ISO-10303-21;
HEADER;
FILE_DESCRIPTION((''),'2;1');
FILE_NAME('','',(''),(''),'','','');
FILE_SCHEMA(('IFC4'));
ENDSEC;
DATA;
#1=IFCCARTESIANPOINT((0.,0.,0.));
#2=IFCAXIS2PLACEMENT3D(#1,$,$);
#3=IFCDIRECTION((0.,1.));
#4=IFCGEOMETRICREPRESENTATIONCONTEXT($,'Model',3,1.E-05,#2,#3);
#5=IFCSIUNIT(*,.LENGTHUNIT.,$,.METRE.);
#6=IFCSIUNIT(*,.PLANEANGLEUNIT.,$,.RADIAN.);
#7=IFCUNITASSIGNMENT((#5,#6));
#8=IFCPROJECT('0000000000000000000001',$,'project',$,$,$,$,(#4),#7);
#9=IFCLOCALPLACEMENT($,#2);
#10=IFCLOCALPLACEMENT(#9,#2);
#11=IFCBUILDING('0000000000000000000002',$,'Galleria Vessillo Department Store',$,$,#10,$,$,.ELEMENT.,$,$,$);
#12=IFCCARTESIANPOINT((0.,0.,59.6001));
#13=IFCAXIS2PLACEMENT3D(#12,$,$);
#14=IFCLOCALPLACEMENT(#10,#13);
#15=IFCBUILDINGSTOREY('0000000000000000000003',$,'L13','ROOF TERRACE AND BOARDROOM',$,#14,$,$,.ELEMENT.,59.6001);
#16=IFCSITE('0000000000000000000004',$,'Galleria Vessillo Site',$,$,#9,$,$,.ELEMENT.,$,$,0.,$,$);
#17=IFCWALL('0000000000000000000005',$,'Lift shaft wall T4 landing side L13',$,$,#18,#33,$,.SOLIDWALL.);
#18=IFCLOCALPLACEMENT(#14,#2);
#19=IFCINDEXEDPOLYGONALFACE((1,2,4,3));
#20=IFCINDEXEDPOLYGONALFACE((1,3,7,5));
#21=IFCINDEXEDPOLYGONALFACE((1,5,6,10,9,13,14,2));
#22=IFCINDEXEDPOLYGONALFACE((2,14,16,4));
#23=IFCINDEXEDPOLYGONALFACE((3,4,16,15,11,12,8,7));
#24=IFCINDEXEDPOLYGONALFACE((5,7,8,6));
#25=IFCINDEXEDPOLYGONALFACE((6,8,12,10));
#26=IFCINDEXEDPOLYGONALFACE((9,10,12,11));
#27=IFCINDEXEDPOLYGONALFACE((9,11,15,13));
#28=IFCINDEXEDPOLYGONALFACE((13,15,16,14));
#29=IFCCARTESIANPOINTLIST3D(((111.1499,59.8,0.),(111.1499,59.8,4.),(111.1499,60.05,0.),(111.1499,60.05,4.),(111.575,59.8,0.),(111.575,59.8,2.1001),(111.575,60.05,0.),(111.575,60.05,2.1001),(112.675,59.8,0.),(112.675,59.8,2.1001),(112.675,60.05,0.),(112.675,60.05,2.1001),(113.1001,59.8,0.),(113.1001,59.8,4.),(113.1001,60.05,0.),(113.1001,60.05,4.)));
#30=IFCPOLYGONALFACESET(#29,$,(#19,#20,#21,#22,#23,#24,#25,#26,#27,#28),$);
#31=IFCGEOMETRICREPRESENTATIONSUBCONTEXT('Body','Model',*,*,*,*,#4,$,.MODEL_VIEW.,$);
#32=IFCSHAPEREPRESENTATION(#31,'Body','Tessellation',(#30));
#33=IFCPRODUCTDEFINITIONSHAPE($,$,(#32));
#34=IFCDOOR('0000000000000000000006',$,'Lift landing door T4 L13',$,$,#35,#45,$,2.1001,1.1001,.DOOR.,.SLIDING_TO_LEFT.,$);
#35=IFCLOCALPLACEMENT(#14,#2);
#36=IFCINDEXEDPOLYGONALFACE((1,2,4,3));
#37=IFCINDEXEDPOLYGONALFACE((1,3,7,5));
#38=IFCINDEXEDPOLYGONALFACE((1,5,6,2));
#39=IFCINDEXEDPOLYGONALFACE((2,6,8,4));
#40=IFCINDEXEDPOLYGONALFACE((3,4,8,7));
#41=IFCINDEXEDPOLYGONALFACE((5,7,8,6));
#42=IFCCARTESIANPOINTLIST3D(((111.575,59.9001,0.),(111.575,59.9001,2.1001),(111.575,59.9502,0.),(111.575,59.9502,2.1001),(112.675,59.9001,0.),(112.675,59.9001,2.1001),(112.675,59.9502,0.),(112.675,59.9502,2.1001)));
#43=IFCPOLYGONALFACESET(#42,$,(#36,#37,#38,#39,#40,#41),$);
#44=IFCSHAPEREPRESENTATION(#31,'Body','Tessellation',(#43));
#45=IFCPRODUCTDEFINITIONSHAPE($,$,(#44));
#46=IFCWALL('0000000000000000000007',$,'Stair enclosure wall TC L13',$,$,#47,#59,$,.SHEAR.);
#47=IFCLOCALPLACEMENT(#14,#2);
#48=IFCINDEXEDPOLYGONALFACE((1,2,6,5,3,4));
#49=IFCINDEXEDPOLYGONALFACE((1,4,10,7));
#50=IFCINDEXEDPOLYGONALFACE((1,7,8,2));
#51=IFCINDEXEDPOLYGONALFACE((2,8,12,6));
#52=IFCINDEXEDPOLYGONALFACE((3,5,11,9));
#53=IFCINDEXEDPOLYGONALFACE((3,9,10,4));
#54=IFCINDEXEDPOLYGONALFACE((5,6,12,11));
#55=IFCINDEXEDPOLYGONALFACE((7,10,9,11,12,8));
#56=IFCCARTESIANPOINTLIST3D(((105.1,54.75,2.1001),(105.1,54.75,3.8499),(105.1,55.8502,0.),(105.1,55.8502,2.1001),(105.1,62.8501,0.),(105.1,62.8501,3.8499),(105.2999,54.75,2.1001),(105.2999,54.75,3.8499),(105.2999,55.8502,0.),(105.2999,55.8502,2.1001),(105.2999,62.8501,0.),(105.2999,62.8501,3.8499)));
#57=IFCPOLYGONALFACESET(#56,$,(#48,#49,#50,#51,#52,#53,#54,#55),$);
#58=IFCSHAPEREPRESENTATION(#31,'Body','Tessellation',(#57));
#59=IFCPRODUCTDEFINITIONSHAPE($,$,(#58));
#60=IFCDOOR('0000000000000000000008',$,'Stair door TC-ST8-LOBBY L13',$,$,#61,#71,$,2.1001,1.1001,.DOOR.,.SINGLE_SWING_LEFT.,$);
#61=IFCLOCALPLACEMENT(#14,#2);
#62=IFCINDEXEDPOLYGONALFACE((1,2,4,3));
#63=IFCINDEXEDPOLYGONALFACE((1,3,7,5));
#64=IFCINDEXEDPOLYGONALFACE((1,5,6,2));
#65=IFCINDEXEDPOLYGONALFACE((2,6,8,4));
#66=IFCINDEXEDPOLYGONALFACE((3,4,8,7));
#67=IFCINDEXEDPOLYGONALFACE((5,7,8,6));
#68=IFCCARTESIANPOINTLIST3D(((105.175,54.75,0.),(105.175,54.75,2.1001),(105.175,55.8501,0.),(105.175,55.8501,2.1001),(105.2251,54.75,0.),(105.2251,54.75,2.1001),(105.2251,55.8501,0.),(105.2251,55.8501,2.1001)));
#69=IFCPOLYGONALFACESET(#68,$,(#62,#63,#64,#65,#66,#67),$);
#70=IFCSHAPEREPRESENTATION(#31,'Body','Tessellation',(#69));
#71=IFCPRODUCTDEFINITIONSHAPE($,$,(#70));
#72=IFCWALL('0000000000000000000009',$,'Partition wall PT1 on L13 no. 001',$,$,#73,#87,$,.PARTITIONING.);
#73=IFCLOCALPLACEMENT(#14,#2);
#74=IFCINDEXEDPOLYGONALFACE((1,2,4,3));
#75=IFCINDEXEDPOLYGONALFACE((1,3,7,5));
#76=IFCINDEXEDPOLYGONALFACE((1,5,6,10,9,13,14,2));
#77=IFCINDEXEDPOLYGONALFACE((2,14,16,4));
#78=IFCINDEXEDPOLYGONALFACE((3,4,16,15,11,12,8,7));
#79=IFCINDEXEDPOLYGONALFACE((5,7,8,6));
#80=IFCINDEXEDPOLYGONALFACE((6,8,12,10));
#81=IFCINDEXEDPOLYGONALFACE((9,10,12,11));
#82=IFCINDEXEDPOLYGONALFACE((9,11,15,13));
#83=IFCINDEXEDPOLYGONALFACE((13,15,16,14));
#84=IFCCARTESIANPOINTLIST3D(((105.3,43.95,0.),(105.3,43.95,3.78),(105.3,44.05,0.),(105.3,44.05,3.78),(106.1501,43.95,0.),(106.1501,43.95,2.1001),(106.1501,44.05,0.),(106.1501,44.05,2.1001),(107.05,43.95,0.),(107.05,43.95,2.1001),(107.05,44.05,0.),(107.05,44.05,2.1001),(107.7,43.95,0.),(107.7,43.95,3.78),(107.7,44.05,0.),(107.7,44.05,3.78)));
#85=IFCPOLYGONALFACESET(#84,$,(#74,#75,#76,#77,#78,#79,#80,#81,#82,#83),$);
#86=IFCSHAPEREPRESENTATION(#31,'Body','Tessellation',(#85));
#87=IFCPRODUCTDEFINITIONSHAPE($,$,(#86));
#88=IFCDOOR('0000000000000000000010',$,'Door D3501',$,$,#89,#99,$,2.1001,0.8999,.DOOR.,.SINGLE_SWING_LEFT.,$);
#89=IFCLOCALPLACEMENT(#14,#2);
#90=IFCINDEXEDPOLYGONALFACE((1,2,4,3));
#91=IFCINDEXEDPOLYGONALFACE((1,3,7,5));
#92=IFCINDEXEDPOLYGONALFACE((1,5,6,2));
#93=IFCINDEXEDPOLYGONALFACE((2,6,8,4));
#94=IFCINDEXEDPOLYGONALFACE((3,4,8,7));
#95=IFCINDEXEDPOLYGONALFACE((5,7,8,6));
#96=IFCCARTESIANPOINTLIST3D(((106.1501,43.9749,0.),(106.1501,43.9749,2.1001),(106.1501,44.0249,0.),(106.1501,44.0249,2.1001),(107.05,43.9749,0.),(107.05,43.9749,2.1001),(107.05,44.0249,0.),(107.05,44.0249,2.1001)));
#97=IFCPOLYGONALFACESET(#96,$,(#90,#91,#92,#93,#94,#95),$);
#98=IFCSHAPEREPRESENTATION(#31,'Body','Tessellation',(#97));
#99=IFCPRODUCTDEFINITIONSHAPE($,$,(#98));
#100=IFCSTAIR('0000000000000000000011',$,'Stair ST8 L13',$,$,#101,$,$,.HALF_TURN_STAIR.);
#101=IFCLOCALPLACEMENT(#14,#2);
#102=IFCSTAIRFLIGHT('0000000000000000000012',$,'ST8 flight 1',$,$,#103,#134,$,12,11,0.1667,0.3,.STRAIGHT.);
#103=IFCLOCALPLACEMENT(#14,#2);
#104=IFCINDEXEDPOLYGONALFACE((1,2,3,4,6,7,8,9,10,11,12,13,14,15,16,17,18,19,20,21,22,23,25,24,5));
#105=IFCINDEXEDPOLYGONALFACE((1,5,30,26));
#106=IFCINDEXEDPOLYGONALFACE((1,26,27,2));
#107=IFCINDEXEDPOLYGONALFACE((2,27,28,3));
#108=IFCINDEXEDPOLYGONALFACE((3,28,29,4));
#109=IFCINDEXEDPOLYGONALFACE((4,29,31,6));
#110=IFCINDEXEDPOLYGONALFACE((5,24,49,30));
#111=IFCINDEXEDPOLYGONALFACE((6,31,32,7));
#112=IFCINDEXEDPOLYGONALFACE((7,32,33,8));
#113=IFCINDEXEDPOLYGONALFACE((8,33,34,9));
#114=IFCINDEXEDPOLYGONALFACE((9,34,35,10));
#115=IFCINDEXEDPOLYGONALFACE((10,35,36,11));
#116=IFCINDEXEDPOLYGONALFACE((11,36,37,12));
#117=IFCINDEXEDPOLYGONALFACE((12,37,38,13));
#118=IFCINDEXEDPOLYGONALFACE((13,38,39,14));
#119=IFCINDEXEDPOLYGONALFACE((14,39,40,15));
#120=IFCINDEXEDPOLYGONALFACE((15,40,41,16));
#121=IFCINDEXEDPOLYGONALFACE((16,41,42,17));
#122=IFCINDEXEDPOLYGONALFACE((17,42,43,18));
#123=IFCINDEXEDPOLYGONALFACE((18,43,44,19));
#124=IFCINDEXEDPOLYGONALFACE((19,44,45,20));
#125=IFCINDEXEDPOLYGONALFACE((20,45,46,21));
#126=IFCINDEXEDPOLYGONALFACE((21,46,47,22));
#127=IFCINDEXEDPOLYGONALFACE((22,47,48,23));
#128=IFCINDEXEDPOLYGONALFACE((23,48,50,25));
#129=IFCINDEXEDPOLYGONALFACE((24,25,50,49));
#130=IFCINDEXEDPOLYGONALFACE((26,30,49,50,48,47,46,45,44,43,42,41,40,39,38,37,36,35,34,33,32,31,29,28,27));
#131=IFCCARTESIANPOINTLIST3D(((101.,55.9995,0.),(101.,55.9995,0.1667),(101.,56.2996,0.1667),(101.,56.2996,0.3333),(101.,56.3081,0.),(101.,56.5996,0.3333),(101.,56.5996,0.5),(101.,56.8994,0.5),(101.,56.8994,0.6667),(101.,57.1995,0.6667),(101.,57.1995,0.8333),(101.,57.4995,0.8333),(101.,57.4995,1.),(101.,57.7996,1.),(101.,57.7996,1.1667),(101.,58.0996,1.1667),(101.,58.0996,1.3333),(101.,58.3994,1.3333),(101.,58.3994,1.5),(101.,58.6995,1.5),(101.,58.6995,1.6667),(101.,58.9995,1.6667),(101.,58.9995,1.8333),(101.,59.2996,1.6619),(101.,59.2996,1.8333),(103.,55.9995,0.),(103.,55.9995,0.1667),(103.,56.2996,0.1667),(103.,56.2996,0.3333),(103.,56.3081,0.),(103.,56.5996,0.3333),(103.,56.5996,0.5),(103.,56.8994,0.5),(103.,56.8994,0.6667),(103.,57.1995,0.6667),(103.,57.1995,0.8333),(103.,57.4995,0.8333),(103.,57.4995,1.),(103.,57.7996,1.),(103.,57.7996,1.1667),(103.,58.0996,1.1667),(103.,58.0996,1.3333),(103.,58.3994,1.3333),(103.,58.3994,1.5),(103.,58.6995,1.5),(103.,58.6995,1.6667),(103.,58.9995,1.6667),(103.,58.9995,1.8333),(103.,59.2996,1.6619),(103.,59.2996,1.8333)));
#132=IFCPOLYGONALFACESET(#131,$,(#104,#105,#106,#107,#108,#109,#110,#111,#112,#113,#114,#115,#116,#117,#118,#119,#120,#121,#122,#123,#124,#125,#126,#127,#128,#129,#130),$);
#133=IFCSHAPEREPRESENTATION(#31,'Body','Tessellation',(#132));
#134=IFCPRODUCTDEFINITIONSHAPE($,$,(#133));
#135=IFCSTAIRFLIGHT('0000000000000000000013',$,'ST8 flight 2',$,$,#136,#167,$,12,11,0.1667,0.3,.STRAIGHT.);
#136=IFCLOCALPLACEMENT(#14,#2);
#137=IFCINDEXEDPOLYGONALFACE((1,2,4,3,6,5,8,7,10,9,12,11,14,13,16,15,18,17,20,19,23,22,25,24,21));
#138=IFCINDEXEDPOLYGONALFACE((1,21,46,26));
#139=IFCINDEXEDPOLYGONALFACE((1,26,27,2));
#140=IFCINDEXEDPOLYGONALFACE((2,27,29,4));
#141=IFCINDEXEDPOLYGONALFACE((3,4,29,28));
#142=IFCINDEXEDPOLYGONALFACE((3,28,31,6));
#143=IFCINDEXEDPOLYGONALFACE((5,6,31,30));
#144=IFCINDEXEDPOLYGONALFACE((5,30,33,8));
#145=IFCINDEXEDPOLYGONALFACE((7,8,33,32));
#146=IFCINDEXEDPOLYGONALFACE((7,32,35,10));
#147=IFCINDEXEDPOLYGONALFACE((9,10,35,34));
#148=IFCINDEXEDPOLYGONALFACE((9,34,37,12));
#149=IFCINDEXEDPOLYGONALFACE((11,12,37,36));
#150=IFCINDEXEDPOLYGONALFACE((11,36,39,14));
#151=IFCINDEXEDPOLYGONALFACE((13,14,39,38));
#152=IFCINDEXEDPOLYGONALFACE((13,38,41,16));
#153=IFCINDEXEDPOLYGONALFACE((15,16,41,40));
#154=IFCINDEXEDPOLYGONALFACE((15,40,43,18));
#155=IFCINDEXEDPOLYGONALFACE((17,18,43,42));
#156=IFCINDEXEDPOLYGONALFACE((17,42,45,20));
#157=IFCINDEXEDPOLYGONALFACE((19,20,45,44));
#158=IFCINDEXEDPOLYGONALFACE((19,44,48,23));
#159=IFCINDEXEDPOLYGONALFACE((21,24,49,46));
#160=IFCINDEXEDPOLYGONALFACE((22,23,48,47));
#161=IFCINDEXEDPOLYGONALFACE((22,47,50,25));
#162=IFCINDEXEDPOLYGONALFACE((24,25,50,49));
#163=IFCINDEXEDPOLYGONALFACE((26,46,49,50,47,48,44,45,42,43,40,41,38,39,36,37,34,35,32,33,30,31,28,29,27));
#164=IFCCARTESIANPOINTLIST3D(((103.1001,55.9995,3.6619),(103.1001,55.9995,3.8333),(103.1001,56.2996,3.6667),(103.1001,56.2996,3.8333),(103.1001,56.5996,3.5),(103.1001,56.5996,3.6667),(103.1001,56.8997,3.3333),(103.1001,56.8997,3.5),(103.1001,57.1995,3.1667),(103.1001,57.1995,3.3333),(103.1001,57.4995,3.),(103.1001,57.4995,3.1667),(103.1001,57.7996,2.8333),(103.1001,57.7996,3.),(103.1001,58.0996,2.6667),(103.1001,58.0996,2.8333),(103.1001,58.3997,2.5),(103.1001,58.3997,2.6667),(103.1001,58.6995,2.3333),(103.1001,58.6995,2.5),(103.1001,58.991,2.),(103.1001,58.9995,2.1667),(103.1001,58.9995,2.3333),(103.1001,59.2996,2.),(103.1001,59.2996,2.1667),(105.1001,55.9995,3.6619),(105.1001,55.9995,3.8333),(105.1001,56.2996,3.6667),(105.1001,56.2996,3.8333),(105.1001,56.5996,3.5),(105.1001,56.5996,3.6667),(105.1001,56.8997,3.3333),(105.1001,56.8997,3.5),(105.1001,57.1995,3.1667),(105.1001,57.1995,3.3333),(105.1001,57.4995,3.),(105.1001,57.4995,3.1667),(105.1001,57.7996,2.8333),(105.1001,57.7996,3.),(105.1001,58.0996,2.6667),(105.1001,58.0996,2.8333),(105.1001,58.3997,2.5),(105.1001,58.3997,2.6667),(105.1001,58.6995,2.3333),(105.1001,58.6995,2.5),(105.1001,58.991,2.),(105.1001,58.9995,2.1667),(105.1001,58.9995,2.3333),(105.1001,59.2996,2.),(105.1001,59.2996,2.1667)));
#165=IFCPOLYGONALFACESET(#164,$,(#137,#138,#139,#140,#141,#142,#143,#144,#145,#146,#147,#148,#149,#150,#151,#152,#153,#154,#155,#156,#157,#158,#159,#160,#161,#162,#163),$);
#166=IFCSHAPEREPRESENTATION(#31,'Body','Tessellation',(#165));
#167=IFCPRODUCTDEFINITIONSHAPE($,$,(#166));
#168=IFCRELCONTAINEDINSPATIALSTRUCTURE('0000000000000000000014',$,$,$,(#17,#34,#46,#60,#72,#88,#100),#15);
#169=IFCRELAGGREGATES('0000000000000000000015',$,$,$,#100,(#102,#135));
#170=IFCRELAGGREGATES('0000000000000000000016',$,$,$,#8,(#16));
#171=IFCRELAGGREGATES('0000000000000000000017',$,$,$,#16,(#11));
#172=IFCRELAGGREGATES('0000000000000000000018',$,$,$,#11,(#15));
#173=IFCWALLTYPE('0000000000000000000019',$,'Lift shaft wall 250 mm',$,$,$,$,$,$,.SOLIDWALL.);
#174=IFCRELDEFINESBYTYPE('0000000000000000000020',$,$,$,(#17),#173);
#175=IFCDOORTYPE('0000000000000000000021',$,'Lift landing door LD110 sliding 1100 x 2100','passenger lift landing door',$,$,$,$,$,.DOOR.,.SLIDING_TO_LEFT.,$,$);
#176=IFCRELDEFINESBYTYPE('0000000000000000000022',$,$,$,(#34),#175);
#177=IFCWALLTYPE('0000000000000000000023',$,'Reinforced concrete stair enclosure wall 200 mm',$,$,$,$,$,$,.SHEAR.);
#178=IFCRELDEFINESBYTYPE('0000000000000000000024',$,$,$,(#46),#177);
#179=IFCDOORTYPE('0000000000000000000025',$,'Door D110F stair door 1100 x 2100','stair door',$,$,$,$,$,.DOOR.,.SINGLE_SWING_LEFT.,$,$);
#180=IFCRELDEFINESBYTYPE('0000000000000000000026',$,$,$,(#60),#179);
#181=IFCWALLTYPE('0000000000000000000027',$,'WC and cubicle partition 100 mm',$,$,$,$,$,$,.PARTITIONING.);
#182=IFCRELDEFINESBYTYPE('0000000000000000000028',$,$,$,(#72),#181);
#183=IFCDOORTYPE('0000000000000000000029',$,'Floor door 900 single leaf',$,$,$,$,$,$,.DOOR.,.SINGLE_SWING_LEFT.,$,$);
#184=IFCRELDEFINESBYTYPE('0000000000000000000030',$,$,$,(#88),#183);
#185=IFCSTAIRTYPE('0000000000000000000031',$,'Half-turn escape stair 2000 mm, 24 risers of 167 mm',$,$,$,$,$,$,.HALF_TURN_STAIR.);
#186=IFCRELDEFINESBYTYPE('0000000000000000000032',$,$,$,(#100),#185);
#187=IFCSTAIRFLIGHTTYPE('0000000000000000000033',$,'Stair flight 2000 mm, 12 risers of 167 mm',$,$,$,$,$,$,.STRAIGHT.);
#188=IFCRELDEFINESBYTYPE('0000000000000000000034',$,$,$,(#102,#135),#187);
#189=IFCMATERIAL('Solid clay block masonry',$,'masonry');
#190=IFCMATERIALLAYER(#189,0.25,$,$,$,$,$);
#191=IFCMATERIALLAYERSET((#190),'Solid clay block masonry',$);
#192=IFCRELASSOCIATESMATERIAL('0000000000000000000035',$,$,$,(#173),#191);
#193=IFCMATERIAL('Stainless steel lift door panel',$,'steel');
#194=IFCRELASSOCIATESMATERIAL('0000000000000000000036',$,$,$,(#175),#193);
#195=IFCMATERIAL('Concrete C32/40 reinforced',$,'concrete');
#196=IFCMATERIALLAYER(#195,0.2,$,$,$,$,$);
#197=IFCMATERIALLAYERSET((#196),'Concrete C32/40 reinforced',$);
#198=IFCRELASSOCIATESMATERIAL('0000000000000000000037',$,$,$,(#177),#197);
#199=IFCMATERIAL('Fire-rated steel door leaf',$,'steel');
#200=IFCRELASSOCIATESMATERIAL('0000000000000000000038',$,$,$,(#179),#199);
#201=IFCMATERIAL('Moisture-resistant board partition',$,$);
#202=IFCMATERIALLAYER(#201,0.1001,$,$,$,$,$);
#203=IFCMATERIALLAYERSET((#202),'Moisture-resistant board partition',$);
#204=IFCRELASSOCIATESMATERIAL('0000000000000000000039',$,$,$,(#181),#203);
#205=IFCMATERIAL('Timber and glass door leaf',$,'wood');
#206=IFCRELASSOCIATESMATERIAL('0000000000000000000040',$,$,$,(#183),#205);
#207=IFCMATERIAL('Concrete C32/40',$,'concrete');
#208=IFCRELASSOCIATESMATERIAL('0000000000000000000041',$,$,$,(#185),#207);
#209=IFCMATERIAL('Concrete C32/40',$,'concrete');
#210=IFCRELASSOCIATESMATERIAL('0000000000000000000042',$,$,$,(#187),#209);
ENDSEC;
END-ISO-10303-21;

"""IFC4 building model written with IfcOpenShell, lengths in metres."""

from ifc_helpers import new_model, si_unit, direction, frame, frame_2d, origin, place, context, subcontext, project, spatial, polyline, rectangle, outline, extrude, material, layer, layer_set, type_object, element, fill, aggregate, save


model = new_model("IFC4")

# Units and contexts
model_context = context("Model", 3, precision=1e-05, world=origin(), true_north=direction((0.0, 1.0)))
body_context = subcontext(model_context, "Body", "Model", "MODEL_VIEW")
ifc_project = project(units=[si_unit("LENGTHUNIT", "METRE"), si_unit("PLANEANGLEUNIT", "RADIAN")], contexts=[model_context])

# Site, building, storey
site_placement = place(None, origin())
site = spatial("IfcSite", under=ifc_project, at=site_placement, Name="Galleria Vessillo Site", CompositionType="ELEMENT", RefElevation=0.0)
building_placement = place(site_placement, origin())
building = spatial("IfcBuilding", under=site, at=building_placement, Name="Galleria Vessillo Department Store", CompositionType="ELEMENT")
storey_placement = place(building_placement, frame((0.0, 0.0, 59.6001)))
storey = spatial("IfcBuildingStorey", under=building, at=storey_placement, Name="L13", Description="ROOF TERRACE AND BOARDROOM", CompositionType="ELEMENT", Elevation=59.6001)

# Walls, openings, doors
ifc_material_1 = material(Name="Solid clay block masonry", Category="masonry")
ifc_layer_1 = layer(ifc_material_1, 0.25)
ifc_layer_set_1 = layer_set([ifc_layer_1], Name="Solid clay block masonry")
wall_type_1 = type_object("IfcWallType", Name="Lift shaft wall 250 mm", PredefinedType="SOLIDWALL", material=ifc_layer_set_1)
ifc_material_2 = material(Name="Stainless steel lift door panel", Category="steel")
door_type_1 = type_object("IfcDoorType", Name="Lift landing door LD110 sliding 1100 x 2100", Description="passenger lift landing door", OperationType="SLIDING_TO_LEFT", PredefinedType="DOOR", material=ifc_material_2)
wall_1_placement = place(storey_placement, frame((111.1499, 59.925, 0.0), z_axis=(0.0, 0.0, 1.0), x_axis=(1.0, 0.0, 0.0)))
wall_1 = element("IfcWall", 1, at=wall_1_placement, inside=storey, type_object=wall_type_1, Name="Lift shaft wall T4 landing side L13", PredefinedType="SOLIDWALL", context=body_context, shape_type="SweptSolid", body=[
    extrude(rectangle(XDim=1.9502, YDim=0.25, at=frame_2d((0.9751, 0.0))), origin(), (0.0, 0.0, 1.0), 4.0),
])
opening_1_placement = place(wall_1_placement, frame((0.425, 0.0, 0.0)))
opening_1 = element("IfcOpeningElement", 2, at=opening_1_placement, cuts=wall_1, PredefinedType="OPENING", context=body_context, shape_type="SweptSolid", body=[
    extrude(rectangle(XDim=1.1001, YDim=2.1001, at=frame_2d((0.55, 1.05))), frame((0.0, 0.135, 0.0), z_axis=(0.0, -1.0, 0.0), x_axis=(1.0, 0.0, 0.0)), (0.0, 0.0, 1.0), 0.27),
])
door_1_placement = place(opening_1_placement, frame((1.1001, 0.0, 0.0), z_axis=(0.0, 0.0, 1.0), x_axis=(-1.0, 0.0, 0.0)))
door_1 = element("IfcDoor", 3, at=door_1_placement, inside=storey, type_object=door_type_1, Name="Lift landing door T4 L13", OperationType="SLIDING_TO_LEFT", OverallHeight=2.1001, OverallWidth=1.1001, PredefinedType="DOOR", context=body_context, shape_type="SweptSolid", body=[
    extrude(rectangle(XDim=1.1001, YDim=2.1001, at=frame_2d((0.55, 1.05))), frame((0.0, 0.0249, 0.0), z_axis=(0.0, -1.0, 0.0), x_axis=(1.0, 0.0, 0.0)), (0.0, 0.0, 1.0), 0.05),
])
fill(opening_1, door_1)
ifc_material_3 = material(Name="Concrete C32/40 reinforced", Category="concrete")
ifc_layer_2 = layer(ifc_material_3, 0.2)
ifc_layer_set_2 = layer_set([ifc_layer_2], Name="Concrete C32/40 reinforced")
wall_type_2 = type_object("IfcWallType", Name="Reinforced concrete stair enclosure wall 200 mm", PredefinedType="SHEAR", material=ifc_layer_set_2)
wall_2_placement = place(storey_placement, frame((105.2, 62.8501, 0.0), z_axis=(0.0, 0.0, 1.0), x_axis=(0.0, -1.0, 0.0)))
wall_2 = element("IfcWall", 4, at=wall_2_placement, inside=storey, type_object=wall_type_2, Name="Stair enclosure wall TC L13", PredefinedType="SHEAR", context=body_context, shape_type="SweptSolid", body=[
    extrude(rectangle(XDim=8.1001, YDim=0.2, at=frame_2d((4.05, 0.0))), origin(), (0.0, 0.0, 1.0), 3.8499),
])
opening_2_placement = place(wall_2_placement, frame((7.0, 0.0, 0.0)))
opening_2 = element("IfcOpeningElement", 5, at=opening_2_placement, cuts=wall_2, PredefinedType="OPENING", context=body_context, shape_type="SweptSolid", body=[
    extrude(rectangle(XDim=1.1101, YDim=2.1001, at=frame_2d((0.5549, 1.05))), frame((0.0, 0.1099, 0.0), z_axis=(0.0, -1.0, 0.0), x_axis=(1.0, 0.0, 0.0)), (0.0, 0.0, 1.0), 0.22),
])
ifc_material_4 = material(Name="Fire-rated steel door leaf", Category="steel")
door_type_2 = type_object("IfcDoorType", Name="Door D110F stair door 1100 x 2100", Description="stair door", OperationType="SINGLE_SWING_LEFT", PredefinedType="DOOR", material=ifc_material_4)
door_2_placement = place(opening_2_placement, frame((1.1001, 0.0, 0.0), z_axis=(0.0, 0.0, 1.0), x_axis=(-1.0, 0.0, 0.0)))
door_2 = element("IfcDoor", 6, at=door_2_placement, inside=storey, type_object=door_type_2, Name="Stair door TC-ST8-LOBBY L13", OperationType="SINGLE_SWING_LEFT", OverallHeight=2.1001, OverallWidth=1.1001, PredefinedType="DOOR", context=body_context, shape_type="SweptSolid", body=[
    extrude(rectangle(XDim=1.1001, YDim=2.1001, at=frame_2d((0.55, 1.05))), frame((0.0, 0.0249, 0.0), z_axis=(0.0, -1.0, 0.0), x_axis=(1.0, 0.0, 0.0)), (0.0, 0.0, 1.0), 0.05),
])
fill(opening_2, door_2)
ifc_material_5 = material(Name="Moisture-resistant board partition")
ifc_layer_3 = layer(ifc_material_5, 0.1001)
ifc_layer_set_3 = layer_set([ifc_layer_3], Name="Moisture-resistant board partition")
wall_type_3 = type_object("IfcWallType", Name="WC and cubicle partition 100 mm", PredefinedType="PARTITIONING", material=ifc_layer_set_3)
wall_3_placement = place(storey_placement, frame((105.3, 44.0, 0.0), z_axis=(0.0, 0.0, 1.0), x_axis=(1.0, 0.0, 0.0)))
wall_3 = element("IfcWall", 7, at=wall_3_placement, inside=storey, type_object=wall_type_3, Name="Partition wall PT1 on L13 no. 001", PredefinedType="PARTITIONING", context=body_context, shape_type="SweptSolid", body=[
    extrude(rectangle(XDim=2.3999, YDim=0.1001, at=frame_2d((1.2, 0.0))), origin(), (0.0, 0.0, 1.0), 3.78),
])
opening_3_placement = place(wall_3_placement, frame((0.8501, 0.0, 0.0)))
opening_3 = element("IfcOpeningElement", 8, at=opening_3_placement, cuts=wall_3, PredefinedType="OPENING", context=body_context, shape_type="SweptSolid", body=[
    extrude(rectangle(XDim=0.8999, YDim=2.1001, at=frame_2d((0.45, 1.05))), frame((0.0, 0.0601, 0.0), z_axis=(0.0, -1.0, 0.0), x_axis=(1.0, 0.0, 0.0)), (0.0, 0.0, 1.0), 0.1201),
])
ifc_material_6 = material(Name="Timber and glass door leaf", Category="wood")
door_type_3 = type_object("IfcDoorType", Name="Floor door 900 single leaf", OperationType="SINGLE_SWING_LEFT", PredefinedType="DOOR", material=ifc_material_6)
door_3_placement = place(opening_3_placement, origin())
door_3 = element("IfcDoor", 9, at=door_3_placement, inside=storey, type_object=door_type_3, Name="Door D3501", OperationType="SINGLE_SWING_LEFT", OverallHeight=2.1001, OverallWidth=0.8999, PredefinedType="DOOR", context=body_context, shape_type="SweptSolid", body=[
    extrude(rectangle(XDim=0.8999, YDim=2.1001, at=frame_2d((0.45, 1.05))), frame((0.0, 0.0249, 0.0), z_axis=(0.0, -1.0, 0.0), x_axis=(1.0, 0.0, 0.0)), (0.0, 0.0, 1.0), 0.05),
])
fill(opening_3, door_3)

# Stair, stair flights
ifc_material_7 = material(Name="Concrete C32/40", Category="concrete")
stair_type = type_object("IfcStairType", Name="Half-turn escape stair 2000 mm, 24 risers of 167 mm", PredefinedType="HALF_TURN_STAIR", material=ifc_material_7)
stair_1_placement = place(storey_placement, origin())
stair_1 = element("IfcStair", 10, at=stair_1_placement, inside=storey, type_object=stair_type, Name="Stair ST8 L13", PredefinedType="HALF_TURN_STAIR")
ifc_material_8 = material(Name="Concrete C32/40", Category="concrete")
stair_flight_type = type_object("IfcStairFlightType", Name="Stair flight 2000 mm, 12 risers of 167 mm", PredefinedType="STRAIGHT", material=ifc_material_8)
stair_flight_1_placement = place(storey_placement, frame((102.0, 55.9995, 0.0), z_axis=(0.0, 0.0, 1.0), x_axis=(0.0, 1.0, 0.0)))
stair_flight_1 = element("IfcStairFlight", 11, at=stair_flight_1_placement, type_object=stair_flight_type, Name="ST8 flight 1", NumberOfRisers=12, NumberOfTreads=11, PredefinedType="STRAIGHT", RiserHeight=0.1667, TreadLength=0.3, context=body_context, shape_type="SweptSolid", body=[
    extrude(outline(polyline([(0.0, 0.0), (0.0, 0.1667), (0.3, 0.1667), (0.3, 0.3333), (0.6001, 0.3333), (0.6001, 0.5), (0.8999, 0.5), (0.8999, 0.6667), (1.2, 0.6667), (1.2, 0.8333), (1.5, 0.8333), (1.5, 1.0), (1.8, 1.0), (1.8, 1.1667), (2.1001, 1.1667), (2.1001, 1.3333), (2.3999, 1.3333), (2.3999, 1.5), (2.7, 1.5), (2.7, 1.6667), (3.0, 1.6667), (3.0, 1.8333), (3.3, 1.8333), (3.3, 2.0), (3.3, 1.6619), (0.3086, 0.0), (0.0, 0.0)])), frame((0.0, 1.0, 0.0), z_axis=(0.0, -1.0, 0.0), x_axis=(1.0, 0.0, 0.0)), (0.0, 0.0, 1.0), 2.0),
])
stair_flight_2_placement = place(storey_placement, frame((104.1001, 59.2996, 2.0), z_axis=(0.0, 0.0, 1.0), x_axis=(0.0, -1.0, 0.0)))
stair_flight_2 = element("IfcStairFlight", 12, at=stair_flight_2_placement, type_object=stair_flight_type, Name="ST8 flight 2", NumberOfRisers=12, NumberOfTreads=11, PredefinedType="STRAIGHT", RiserHeight=0.1667, TreadLength=0.3, context=body_context, shape_type="SweptSolid", body=[
    extrude(outline(polyline([(0.0, 0.0), (0.0, 0.1667), (0.3, 0.1667), (0.3, 0.3333), (0.6001, 0.3333), (0.6001, 0.5), (0.8999, 0.5), (0.8999, 0.6667), (1.2, 0.6667), (1.2, 0.8333), (1.5, 0.8333), (1.5, 1.0), (1.8, 1.0), (1.8, 1.1667), (2.1001, 1.1667), (2.1001, 1.3333), (2.3999, 1.3333), (2.3999, 1.5), (2.7, 1.5), (2.7, 1.6667), (3.0, 1.6667), (3.0, 1.8333), (3.3, 1.8333), (3.3, 2.0), (3.3, 1.6619), (0.3086, 0.0), (0.0, 0.0)])), frame((0.0, 1.0, 0.0), z_axis=(0.0, -1.0, 0.0), x_axis=(1.0, 0.0, 0.0)), (0.0, 0.0, 1.0), 2.0),
])
aggregate(stair_1, [stair_flight_1, stair_flight_2])

save(model, "model.ifc")
